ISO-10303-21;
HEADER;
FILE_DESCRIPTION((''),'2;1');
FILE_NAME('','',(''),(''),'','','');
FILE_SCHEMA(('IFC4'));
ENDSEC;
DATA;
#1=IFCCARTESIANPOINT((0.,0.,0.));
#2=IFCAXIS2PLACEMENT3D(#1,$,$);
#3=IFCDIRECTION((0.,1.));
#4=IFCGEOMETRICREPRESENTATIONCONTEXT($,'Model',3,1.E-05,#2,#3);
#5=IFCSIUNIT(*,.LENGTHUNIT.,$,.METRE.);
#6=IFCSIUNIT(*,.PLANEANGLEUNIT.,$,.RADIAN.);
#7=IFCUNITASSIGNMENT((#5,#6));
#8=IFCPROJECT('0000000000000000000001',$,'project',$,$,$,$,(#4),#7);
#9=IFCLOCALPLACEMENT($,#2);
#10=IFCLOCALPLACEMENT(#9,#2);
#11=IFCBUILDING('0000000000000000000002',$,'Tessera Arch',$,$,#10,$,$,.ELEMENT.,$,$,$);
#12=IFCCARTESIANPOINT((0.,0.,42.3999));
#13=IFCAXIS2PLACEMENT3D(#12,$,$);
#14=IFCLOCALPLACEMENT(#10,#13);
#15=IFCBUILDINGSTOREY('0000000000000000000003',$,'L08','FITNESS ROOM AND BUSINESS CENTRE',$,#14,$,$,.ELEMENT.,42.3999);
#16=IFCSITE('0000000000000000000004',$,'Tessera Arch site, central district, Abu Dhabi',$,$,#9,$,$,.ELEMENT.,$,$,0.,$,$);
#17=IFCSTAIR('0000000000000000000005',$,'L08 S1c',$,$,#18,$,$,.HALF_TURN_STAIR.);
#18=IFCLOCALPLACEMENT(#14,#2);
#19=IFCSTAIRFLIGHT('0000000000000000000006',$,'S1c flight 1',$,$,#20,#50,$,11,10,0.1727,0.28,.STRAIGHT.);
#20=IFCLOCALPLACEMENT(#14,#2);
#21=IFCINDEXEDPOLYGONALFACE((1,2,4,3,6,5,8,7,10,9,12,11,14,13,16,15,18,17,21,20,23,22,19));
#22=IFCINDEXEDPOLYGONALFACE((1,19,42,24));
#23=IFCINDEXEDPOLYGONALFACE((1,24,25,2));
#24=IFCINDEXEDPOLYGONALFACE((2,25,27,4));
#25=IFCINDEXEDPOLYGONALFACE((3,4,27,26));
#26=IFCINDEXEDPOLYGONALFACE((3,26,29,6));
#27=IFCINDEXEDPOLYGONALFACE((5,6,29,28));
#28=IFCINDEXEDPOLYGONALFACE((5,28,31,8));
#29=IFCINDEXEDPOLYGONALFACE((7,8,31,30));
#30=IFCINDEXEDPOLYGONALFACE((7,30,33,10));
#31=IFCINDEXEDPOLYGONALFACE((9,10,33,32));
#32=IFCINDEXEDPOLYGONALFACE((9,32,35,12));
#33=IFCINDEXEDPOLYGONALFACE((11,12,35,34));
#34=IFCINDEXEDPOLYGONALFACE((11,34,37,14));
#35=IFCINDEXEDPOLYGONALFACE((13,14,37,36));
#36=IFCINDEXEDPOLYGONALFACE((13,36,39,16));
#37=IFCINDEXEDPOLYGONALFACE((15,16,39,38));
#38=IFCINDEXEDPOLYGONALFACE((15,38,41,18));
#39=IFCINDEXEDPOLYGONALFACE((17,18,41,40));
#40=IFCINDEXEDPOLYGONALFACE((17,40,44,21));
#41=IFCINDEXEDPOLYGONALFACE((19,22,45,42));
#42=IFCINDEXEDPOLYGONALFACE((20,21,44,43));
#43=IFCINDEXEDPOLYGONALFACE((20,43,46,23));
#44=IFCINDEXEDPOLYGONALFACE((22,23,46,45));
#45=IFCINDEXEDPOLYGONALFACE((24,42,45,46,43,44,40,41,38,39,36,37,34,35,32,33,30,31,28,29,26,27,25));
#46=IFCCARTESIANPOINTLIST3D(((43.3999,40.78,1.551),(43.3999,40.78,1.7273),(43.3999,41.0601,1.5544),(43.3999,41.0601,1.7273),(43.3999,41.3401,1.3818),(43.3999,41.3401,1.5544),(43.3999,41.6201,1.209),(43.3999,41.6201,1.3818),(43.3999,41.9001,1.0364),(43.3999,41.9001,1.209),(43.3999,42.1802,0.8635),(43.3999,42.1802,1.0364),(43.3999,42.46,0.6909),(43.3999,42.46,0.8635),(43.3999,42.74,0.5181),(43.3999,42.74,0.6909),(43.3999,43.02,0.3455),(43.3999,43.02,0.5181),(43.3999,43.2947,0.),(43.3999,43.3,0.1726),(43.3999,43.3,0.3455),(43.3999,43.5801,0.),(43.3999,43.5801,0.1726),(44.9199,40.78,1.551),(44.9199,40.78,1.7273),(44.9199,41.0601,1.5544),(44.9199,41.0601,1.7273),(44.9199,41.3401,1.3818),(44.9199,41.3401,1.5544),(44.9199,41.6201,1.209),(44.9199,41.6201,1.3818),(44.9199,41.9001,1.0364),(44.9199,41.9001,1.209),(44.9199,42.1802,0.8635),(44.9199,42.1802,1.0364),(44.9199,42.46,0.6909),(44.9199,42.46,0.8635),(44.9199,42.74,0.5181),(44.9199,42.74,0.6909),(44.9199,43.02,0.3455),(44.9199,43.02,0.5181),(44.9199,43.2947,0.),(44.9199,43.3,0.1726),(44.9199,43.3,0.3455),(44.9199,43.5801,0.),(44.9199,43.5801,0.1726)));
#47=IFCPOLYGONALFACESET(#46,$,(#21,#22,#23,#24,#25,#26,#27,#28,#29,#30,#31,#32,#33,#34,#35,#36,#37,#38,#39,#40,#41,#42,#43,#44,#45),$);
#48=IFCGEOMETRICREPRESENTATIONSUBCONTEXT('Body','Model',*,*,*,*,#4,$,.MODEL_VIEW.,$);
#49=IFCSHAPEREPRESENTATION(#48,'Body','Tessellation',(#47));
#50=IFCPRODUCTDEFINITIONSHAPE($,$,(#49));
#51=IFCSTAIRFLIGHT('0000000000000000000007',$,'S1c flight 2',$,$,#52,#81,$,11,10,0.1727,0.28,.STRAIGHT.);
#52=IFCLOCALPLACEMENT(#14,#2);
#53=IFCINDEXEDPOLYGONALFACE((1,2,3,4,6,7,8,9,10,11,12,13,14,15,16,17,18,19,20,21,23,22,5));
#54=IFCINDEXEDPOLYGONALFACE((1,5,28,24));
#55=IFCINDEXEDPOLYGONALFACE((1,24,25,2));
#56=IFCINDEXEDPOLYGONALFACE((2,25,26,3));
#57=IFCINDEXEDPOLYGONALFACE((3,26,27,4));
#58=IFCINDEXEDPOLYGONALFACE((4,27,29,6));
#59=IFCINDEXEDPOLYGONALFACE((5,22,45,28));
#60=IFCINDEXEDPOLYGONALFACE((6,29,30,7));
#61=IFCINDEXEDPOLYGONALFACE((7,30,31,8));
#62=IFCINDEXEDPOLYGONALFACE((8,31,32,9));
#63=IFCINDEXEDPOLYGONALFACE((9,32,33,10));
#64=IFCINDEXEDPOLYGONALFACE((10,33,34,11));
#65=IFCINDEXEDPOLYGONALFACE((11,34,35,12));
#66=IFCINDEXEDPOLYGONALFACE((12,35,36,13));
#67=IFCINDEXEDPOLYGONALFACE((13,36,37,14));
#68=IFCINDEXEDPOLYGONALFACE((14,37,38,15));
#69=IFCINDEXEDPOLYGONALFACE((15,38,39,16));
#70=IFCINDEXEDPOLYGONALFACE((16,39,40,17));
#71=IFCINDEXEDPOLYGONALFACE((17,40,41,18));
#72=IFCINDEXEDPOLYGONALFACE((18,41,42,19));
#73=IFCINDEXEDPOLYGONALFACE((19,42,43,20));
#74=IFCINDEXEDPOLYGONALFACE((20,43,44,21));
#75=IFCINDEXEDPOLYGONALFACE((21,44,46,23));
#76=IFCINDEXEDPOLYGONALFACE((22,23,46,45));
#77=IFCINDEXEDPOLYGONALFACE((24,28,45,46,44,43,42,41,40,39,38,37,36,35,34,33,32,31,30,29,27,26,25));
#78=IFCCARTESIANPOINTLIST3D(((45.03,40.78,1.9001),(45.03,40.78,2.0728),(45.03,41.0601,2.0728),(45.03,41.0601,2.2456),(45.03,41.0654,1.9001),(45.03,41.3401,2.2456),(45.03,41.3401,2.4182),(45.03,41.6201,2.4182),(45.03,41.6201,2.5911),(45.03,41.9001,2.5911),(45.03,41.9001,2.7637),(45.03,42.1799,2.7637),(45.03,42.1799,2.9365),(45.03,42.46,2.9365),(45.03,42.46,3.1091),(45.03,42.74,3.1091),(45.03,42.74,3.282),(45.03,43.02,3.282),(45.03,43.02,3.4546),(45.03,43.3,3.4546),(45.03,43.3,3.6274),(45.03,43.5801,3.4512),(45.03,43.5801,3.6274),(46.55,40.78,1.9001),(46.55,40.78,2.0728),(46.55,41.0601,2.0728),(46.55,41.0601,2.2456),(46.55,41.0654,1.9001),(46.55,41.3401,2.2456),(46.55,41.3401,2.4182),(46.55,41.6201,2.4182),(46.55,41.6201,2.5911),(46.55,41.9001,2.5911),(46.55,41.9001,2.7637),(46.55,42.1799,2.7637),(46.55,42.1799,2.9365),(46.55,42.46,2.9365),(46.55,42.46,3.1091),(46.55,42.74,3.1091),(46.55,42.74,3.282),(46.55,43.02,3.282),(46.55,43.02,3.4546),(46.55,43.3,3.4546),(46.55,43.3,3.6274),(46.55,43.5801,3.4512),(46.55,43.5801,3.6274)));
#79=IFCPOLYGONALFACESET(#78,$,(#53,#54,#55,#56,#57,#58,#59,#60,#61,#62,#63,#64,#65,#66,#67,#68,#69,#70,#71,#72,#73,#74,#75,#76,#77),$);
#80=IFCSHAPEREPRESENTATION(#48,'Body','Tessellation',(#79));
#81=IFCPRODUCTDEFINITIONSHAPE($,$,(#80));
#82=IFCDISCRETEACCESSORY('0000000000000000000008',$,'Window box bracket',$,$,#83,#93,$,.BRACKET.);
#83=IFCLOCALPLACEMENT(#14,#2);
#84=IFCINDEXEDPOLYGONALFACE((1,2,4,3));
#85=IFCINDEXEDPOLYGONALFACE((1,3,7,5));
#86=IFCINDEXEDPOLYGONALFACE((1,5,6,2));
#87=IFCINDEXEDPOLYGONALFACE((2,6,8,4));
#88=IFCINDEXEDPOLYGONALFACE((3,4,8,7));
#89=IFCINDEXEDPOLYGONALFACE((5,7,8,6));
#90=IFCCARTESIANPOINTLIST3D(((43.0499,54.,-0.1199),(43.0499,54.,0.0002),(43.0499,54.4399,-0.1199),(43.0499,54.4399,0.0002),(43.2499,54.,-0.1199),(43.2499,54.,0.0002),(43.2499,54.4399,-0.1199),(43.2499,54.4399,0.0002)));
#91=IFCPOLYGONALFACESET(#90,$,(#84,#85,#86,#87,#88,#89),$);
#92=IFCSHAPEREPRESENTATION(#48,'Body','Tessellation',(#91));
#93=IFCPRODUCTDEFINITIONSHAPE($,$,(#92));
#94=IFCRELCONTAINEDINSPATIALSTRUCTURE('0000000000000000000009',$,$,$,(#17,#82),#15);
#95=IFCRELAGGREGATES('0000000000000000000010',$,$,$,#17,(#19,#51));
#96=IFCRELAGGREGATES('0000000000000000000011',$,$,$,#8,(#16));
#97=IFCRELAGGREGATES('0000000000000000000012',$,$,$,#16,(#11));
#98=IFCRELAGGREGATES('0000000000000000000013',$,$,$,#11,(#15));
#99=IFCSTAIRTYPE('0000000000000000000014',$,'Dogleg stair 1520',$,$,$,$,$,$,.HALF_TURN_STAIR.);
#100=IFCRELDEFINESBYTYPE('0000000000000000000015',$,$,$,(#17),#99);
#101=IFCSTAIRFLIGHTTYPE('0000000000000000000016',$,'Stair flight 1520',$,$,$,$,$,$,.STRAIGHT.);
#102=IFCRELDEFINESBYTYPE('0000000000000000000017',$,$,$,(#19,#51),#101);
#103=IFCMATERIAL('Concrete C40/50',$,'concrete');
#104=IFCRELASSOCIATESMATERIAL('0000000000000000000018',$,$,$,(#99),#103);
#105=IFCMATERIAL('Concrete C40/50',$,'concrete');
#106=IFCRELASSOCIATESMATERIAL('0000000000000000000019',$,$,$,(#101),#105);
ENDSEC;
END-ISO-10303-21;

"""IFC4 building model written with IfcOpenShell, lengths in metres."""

from ifc_helpers import new_model, si_unit, direction, frame, origin, origin_2d, place, context, subcontext, project, spatial, polyline, rectangle, outline, extrude, material, type_object, element, aggregate, save


model = new_model("IFC4")

# Units and contexts
model_context = context("Model", 3, precision=1e-05, world=origin(), true_north=direction((0.0, 1.0)))
body_context = subcontext(model_context, "Body", "Model", "MODEL_VIEW")
ifc_project = project(units=[si_unit("LENGTHUNIT", "METRE"), si_unit("PLANEANGLEUNIT", "RADIAN")], contexts=[model_context])

# Site, building, storey
site_placement = place(None, origin())
site = spatial("IfcSite", under=ifc_project, at=site_placement, Name="Tessera Arch site, central district, Abu Dhabi", CompositionType="ELEMENT", RefElevation=0.0)
building_placement = place(site_placement, origin())
building = spatial("IfcBuilding", under=site, at=building_placement, Name="Tessera Arch", CompositionType="ELEMENT")
storey_placement = place(building_placement, frame((0.0, 0.0, 42.3999)))
storey = spatial("IfcBuildingStorey", under=building, at=storey_placement, Name="L08", Description="FITNESS ROOM AND BUSINESS CENTRE", CompositionType="ELEMENT", Elevation=42.3999)

# Shared definitions
ifc_material_1 = material(Name="Concrete C40/50", Category="concrete")
stair_type = type_object("IfcStairType", Name="Dogleg stair 1520", PredefinedType="HALF_TURN_STAIR", material=ifc_material_1)
ifc_material_2 = material(Name="Concrete C40/50", Category="concrete")
stair_flight_type = type_object("IfcStairFlightType", Name="Stair flight 1520", PredefinedType="STRAIGHT", material=ifc_material_2)

# Stair, stair flights
stair_1_placement = place(storey_placement, origin())
stair_1 = element("IfcStair", 1, at=stair_1_placement, inside=storey, type_object=stair_type, Name="L08 S1c", PredefinedType="HALF_TURN_STAIR")
stair_flight_1_placement = place(storey_placement, frame((44.1599, 43.5801, 0.0), z_axis=(0.0, 0.0, 1.0), x_axis=(0.0, -1.0, 0.0)))
stair_flight_1 = element("IfcStairFlight", 2, at=stair_flight_1_placement, type_object=stair_flight_type, Name="S1c flight 1", NumberOfRisers=11, NumberOfTreads=10, PredefinedType="STRAIGHT", RiserHeight=0.1727, TreadLength=0.28, context=body_context, shape_type="SweptSolid", body=[
    extrude(outline(polyline([(0.0, 0.0), (0.0, 0.1726), (0.28, 0.1726), (0.28, 0.3455), (0.5601, 0.3455), (0.5601, 0.5181), (0.8401, 0.5181), (0.8401, 0.6909), (1.1201, 0.6909), (1.1201, 0.8635), (1.3999, 0.8635), (1.3999, 1.0364), (1.6799, 1.0364), (1.6799, 1.209), (1.96, 1.209), (1.96, 1.3818), (2.24, 1.3818), (2.24, 1.5544), (2.52, 1.5544), (2.52, 1.7273), (2.8, 1.7273), (2.8, 1.8999), (2.8, 1.551), (0.2854, 0.0), (0.0, 0.0)])), frame((0.0, 0.76, 0.0), z_axis=(0.0, -1.0, 0.0), x_axis=(1.0, 0.0, 0.0)), (0.0, 0.0, 1.0), 1.52),
])
stair_flight_2_placement = place(storey_placement, frame((45.79, 40.78, 1.9001), z_axis=(0.0, 0.0, 1.0), x_axis=(0.0, 1.0, 0.0)))
stair_flight_2 = element("IfcStairFlight", 3, at=stair_flight_2_placement, type_object=stair_flight_type, Name="S1c flight 2", NumberOfRisers=11, NumberOfTreads=10, PredefinedType="STRAIGHT", RiserHeight=0.1727, TreadLength=0.28, context=body_context, shape_type="SweptSolid", body=[
    extrude(outline(polyline([(0.0, 0.0), (0.0, 0.1726), (0.28, 0.1726), (0.28, 0.3455), (0.5601, 0.3455), (0.5601, 0.5181), (0.8401, 0.5181), (0.8401, 0.6909), (1.1201, 0.6909), (1.1201, 0.8635), (1.3999, 0.8635), (1.3999, 1.0364), (1.6799, 1.0364), (1.6799, 1.209), (1.96, 1.209), (1.96, 1.3818), (2.24, 1.3818), (2.24, 1.5544), (2.52, 1.5544), (2.52, 1.7273), (2.8, 1.7273), (2.8, 1.8999), (2.8, 1.551), (0.2854, 0.0), (0.0, 0.0)])), frame((0.0, 0.76, 0.0), z_axis=(0.0, -1.0, 0.0), x_axis=(1.0, 0.0, 0.0)), (0.0, 0.0, 1.0), 1.52),
])
aggregate(stair_1, [stair_flight_1, stair_flight_2])

# Discrete accessory
discrete_accessory_placement = place(storey_placement, frame((43.1499, 54.22, -0.1199), z_axis=(0.0, 0.0, 1.0), x_axis=(0.0, 1.0, 0.0)))
element("IfcDiscreteAccessory", 4, at=discrete_accessory_placement, inside=storey, Name="Window box bracket", PredefinedType="BRACKET", context=body_context, shape_type="SweptSolid", body=[
    extrude(rectangle(XDim=0.4399, YDim=0.2, at=origin_2d()), origin(), (0.0, 0.0, 1.0), 0.1201),
])

save(model, "model.ifc")
